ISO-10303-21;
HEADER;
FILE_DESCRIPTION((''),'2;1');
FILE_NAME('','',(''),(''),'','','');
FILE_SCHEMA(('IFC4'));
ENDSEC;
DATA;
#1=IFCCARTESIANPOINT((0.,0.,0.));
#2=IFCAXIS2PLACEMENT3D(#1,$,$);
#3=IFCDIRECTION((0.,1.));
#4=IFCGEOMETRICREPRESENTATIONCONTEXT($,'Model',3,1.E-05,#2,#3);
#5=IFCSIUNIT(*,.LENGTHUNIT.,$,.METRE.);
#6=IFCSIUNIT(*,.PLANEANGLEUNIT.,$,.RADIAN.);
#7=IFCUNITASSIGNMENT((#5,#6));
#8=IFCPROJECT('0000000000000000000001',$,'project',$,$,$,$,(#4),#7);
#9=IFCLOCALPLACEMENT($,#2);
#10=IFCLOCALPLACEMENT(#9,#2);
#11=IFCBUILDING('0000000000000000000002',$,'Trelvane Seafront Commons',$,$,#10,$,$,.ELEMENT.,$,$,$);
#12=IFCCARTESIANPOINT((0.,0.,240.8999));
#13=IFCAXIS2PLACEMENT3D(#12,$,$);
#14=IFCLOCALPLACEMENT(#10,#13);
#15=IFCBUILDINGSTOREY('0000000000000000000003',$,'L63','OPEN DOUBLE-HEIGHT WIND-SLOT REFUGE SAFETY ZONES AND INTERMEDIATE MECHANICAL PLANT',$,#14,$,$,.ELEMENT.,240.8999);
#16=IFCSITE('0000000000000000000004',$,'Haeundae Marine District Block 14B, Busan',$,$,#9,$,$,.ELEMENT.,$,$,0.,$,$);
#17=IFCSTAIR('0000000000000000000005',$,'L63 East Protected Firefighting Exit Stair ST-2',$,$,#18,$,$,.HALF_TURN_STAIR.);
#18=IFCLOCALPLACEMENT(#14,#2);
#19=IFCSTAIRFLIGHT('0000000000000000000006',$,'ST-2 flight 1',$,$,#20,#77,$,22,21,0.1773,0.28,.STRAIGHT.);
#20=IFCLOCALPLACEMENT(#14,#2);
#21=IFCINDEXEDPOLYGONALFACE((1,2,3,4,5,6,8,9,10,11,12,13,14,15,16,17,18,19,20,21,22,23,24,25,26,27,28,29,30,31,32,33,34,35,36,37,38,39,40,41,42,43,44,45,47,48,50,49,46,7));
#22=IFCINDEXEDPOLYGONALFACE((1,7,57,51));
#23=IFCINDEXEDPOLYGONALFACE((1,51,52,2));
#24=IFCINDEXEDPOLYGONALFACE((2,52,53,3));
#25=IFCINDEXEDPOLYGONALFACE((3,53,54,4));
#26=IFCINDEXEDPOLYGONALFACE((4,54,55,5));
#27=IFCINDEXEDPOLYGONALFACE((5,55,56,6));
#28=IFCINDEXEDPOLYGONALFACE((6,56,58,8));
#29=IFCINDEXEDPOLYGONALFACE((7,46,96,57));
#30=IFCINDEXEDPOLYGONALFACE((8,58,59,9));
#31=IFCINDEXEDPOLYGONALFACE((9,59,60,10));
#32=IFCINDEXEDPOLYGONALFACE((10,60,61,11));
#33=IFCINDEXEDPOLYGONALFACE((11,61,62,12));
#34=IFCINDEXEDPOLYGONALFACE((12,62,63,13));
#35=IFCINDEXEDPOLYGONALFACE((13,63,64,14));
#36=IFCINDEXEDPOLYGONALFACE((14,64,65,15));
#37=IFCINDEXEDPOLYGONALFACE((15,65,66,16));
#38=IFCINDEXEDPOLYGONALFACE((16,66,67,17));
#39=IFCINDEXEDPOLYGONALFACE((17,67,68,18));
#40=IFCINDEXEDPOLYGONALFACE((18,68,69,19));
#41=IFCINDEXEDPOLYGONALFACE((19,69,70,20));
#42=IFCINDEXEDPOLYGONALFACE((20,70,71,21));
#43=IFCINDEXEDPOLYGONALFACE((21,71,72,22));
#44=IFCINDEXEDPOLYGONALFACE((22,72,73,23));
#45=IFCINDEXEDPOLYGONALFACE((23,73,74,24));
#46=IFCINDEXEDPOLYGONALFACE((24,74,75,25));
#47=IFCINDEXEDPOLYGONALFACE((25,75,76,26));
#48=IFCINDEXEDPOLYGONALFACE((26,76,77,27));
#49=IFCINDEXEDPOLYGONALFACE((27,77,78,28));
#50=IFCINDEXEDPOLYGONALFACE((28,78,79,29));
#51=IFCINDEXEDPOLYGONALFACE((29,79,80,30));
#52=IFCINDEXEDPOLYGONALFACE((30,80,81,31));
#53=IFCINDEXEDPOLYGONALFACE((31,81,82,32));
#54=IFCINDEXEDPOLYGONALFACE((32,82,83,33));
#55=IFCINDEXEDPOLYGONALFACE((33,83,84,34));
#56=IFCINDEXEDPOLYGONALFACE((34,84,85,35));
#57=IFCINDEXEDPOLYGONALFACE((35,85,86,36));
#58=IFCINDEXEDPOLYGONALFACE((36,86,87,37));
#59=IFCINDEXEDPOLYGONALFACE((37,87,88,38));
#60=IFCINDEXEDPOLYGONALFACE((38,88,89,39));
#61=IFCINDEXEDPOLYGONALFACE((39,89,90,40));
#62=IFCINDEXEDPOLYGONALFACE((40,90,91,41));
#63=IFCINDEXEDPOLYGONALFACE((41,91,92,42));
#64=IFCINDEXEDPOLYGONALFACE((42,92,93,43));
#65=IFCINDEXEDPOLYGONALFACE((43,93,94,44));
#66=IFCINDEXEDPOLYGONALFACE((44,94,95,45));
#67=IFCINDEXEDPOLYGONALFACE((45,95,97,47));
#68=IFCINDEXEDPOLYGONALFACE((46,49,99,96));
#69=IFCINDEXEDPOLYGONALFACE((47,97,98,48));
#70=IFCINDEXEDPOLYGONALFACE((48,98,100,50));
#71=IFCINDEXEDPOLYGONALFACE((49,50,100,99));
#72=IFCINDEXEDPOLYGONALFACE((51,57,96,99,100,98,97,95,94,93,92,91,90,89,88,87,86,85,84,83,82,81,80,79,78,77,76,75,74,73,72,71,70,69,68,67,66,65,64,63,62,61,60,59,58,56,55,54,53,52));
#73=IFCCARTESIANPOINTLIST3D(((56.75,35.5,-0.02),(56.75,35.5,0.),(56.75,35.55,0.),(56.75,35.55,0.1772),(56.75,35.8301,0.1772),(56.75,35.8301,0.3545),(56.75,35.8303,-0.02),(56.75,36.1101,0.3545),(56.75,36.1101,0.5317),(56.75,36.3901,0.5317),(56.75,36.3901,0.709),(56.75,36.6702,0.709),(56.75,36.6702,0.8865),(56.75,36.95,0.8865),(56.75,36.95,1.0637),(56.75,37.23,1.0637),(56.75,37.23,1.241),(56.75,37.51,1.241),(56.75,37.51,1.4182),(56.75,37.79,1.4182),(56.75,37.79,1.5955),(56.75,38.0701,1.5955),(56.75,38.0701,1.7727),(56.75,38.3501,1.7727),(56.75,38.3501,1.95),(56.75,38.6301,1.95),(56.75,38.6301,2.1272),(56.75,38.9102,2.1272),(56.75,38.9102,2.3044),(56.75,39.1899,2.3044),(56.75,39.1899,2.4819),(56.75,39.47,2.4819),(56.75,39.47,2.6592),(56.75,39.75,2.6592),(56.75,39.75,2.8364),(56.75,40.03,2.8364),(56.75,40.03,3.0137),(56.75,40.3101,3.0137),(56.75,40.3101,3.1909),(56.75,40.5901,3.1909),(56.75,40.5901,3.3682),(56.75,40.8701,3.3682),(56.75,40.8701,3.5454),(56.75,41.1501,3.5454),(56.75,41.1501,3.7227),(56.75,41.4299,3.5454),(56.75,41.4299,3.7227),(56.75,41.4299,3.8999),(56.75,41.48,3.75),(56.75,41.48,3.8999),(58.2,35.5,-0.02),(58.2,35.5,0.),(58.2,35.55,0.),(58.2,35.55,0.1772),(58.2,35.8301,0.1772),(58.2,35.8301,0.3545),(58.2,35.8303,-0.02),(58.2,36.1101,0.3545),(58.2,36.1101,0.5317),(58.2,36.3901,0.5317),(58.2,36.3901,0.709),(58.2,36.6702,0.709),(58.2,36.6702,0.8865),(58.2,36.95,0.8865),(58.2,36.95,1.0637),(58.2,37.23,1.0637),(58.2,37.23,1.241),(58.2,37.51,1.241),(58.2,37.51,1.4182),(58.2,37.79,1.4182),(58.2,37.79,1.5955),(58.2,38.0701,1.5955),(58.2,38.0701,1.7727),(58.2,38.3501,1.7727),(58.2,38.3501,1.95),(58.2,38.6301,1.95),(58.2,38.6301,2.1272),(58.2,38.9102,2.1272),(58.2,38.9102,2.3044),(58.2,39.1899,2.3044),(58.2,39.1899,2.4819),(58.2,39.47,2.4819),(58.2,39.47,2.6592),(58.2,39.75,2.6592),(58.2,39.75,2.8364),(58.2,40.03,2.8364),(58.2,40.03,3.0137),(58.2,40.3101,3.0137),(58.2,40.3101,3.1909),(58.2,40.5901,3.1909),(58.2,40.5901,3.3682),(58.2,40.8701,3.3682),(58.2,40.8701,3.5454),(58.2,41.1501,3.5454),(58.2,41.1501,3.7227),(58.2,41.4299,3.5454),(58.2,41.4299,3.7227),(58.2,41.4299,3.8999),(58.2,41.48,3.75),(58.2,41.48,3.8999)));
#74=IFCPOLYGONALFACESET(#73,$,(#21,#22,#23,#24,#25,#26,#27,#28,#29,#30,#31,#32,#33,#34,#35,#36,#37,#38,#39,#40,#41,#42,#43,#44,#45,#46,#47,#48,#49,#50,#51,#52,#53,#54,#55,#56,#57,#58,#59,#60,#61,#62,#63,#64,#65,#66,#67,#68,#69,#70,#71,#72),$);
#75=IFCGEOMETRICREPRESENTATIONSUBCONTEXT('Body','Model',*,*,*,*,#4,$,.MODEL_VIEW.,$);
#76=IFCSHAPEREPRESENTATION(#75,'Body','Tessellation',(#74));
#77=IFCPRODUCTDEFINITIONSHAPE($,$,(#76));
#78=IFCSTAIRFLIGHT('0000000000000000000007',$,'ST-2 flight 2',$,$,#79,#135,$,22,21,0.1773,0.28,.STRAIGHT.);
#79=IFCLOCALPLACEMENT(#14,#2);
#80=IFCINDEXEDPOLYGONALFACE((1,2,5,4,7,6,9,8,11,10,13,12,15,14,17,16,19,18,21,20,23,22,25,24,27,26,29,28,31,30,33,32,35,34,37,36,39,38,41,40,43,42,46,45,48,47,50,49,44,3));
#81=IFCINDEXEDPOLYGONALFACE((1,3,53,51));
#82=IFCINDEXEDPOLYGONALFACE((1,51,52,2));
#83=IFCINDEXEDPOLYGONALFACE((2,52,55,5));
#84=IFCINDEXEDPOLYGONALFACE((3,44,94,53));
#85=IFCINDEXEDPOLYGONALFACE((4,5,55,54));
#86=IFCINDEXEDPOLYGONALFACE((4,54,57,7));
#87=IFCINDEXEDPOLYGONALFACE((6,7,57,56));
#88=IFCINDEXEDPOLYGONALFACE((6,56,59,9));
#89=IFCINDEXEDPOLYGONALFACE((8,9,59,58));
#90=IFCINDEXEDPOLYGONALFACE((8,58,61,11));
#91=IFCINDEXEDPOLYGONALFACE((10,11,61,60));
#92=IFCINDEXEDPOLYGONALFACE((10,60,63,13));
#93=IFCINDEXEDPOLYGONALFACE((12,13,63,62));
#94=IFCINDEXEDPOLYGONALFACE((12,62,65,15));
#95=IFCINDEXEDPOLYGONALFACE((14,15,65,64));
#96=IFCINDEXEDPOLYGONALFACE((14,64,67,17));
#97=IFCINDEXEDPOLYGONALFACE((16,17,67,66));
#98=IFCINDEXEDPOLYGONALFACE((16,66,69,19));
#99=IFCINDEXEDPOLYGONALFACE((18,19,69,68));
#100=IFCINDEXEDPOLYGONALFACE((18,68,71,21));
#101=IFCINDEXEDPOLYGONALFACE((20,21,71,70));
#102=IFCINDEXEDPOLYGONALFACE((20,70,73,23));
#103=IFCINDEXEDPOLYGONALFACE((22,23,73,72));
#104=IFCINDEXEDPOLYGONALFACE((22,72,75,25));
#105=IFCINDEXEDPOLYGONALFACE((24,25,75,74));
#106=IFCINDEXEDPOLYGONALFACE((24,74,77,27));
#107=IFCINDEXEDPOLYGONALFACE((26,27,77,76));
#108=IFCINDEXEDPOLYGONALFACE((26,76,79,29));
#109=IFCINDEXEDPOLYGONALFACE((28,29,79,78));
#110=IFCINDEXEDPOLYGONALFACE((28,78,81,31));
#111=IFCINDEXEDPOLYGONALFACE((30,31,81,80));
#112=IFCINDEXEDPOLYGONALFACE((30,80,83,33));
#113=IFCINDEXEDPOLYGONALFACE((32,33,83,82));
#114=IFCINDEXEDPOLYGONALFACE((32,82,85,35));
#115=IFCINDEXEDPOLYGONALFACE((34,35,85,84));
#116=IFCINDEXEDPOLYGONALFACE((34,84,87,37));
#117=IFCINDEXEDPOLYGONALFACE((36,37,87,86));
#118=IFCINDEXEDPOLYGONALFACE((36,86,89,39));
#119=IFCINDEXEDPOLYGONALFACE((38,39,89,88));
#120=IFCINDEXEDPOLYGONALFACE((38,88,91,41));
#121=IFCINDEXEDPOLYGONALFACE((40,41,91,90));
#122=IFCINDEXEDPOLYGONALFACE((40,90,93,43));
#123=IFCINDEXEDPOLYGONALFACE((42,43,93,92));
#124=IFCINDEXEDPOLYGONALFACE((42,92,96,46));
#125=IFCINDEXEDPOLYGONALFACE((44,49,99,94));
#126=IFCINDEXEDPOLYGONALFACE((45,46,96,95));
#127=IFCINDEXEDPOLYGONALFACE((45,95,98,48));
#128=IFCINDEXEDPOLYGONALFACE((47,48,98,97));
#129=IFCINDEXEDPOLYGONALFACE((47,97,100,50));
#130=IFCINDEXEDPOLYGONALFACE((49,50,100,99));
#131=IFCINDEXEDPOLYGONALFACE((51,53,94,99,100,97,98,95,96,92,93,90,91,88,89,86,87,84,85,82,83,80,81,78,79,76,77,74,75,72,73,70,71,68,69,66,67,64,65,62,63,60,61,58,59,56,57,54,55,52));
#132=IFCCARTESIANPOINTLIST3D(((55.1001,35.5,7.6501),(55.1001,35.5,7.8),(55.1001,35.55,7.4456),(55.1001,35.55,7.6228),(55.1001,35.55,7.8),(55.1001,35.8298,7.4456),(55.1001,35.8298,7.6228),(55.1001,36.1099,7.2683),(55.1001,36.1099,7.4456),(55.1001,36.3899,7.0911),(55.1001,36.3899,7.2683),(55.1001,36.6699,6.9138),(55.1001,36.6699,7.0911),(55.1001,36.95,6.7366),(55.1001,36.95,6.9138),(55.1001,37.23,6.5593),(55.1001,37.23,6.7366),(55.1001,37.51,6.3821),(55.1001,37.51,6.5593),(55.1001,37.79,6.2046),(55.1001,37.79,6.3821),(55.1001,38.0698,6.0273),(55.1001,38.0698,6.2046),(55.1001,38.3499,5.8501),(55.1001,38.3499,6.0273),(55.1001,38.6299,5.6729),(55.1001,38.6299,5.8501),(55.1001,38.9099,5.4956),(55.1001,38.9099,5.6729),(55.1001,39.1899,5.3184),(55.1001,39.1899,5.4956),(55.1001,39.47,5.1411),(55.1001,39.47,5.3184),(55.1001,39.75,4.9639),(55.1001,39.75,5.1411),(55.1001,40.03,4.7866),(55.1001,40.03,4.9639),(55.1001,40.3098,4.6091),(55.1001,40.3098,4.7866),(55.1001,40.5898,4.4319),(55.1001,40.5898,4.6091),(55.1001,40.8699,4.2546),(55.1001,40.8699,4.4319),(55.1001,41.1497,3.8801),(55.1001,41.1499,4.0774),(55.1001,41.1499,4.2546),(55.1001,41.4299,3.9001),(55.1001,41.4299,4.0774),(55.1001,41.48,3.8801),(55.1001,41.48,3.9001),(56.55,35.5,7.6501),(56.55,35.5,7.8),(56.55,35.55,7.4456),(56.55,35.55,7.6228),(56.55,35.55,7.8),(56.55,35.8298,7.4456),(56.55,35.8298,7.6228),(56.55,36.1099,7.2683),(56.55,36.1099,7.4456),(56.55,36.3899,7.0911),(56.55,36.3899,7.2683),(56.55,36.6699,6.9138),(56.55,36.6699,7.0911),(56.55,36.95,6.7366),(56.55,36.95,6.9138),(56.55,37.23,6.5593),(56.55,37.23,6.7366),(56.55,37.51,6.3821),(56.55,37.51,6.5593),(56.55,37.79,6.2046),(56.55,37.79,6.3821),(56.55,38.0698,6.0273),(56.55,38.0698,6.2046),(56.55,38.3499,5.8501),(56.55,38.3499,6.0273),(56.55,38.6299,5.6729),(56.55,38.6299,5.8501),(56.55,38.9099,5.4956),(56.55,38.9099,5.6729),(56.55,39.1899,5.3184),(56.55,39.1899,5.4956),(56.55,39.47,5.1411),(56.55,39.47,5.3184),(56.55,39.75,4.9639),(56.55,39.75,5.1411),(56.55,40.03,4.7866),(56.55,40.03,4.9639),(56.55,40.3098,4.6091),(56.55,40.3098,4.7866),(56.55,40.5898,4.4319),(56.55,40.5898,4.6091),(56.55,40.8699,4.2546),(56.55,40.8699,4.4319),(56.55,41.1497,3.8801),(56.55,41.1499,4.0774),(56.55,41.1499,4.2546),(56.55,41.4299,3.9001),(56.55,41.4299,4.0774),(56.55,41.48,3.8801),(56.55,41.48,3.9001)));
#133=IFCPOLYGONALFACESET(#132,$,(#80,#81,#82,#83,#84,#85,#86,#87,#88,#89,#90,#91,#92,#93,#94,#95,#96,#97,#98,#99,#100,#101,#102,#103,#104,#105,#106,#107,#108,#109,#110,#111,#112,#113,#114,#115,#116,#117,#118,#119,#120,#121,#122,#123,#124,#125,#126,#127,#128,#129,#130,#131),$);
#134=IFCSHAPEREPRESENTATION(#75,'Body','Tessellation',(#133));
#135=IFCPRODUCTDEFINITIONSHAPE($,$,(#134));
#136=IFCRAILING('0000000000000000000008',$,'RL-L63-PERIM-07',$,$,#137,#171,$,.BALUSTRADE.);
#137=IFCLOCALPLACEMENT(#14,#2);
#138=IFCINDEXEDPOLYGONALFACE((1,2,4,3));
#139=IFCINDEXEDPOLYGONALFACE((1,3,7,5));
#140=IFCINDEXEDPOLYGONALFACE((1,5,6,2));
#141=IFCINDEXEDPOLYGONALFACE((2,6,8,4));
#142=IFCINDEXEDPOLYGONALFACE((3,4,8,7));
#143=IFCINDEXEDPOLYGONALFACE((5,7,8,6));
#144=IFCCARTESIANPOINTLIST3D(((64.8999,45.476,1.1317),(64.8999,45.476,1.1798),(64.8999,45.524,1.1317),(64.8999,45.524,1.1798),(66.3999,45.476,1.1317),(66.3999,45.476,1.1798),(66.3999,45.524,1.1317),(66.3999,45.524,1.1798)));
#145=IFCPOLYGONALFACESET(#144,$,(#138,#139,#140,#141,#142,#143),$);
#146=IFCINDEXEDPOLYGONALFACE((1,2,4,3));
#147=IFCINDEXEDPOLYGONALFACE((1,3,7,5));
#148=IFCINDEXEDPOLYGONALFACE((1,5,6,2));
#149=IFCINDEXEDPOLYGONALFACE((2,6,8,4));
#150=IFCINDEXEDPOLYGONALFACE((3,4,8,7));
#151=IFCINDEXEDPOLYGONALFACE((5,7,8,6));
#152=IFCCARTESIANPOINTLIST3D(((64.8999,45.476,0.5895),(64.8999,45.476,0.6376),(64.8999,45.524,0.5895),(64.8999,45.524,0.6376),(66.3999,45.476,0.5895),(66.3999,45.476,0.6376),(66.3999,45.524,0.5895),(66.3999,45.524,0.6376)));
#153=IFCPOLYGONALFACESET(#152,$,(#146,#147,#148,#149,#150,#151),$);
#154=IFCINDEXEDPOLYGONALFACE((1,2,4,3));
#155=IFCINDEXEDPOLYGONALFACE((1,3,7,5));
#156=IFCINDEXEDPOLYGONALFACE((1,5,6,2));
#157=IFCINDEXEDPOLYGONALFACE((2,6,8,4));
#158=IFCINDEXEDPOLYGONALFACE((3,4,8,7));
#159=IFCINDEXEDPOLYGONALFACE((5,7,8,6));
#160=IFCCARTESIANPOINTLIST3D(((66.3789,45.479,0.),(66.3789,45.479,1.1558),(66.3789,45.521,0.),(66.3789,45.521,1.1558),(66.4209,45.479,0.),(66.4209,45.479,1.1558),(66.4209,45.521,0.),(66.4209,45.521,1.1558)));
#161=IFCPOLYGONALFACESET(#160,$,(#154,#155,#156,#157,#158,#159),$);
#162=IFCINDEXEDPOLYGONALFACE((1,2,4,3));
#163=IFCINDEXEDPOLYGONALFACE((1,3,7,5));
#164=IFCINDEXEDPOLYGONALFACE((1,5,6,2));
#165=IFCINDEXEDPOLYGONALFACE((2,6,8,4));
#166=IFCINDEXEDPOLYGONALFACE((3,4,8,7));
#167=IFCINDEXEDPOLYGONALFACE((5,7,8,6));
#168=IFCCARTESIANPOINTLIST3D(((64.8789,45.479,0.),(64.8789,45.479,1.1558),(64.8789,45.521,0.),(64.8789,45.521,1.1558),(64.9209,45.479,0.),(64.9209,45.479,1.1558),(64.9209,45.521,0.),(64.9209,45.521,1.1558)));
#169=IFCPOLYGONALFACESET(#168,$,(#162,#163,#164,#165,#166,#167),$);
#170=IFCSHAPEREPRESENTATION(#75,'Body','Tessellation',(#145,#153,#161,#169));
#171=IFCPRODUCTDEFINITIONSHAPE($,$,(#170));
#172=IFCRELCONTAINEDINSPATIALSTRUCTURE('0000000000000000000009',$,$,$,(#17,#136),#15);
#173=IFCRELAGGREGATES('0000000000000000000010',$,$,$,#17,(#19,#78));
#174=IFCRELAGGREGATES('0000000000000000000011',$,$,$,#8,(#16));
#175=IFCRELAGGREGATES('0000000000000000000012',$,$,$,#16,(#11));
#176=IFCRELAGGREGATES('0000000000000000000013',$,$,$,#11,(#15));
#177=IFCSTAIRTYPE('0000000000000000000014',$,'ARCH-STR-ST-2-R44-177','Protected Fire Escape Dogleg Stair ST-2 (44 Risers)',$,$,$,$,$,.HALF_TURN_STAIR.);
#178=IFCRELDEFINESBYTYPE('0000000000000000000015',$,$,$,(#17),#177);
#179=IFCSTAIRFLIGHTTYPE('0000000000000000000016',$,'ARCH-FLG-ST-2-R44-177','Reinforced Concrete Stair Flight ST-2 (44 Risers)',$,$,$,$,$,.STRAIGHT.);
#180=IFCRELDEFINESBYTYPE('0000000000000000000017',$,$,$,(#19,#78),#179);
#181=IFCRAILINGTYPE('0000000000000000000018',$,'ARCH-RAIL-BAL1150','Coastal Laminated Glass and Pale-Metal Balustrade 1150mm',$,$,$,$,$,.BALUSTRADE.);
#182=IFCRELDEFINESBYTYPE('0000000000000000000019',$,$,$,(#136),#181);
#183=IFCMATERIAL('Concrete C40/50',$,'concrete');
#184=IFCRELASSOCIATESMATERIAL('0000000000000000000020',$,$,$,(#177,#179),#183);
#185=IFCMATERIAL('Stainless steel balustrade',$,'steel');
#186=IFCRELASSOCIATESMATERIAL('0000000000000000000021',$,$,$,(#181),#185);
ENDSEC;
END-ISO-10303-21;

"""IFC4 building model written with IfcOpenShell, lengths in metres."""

from ifc_helpers import new_model, si_unit, direction, frame, origin, origin_2d, place, context, subcontext, project, spatial, polyline, rectangle, outline, extrude, source, transform, mapped, material, type_object, element, aggregate, save


model = new_model("IFC4")

# Units and contexts
model_context = context("Model", 3, precision=1e-05, world=origin(), true_north=direction((0.0, 1.0)))
body_context = subcontext(model_context, "Body", "Model", "MODEL_VIEW")
ifc_project = project(units=[si_unit("LENGTHUNIT", "METRE"), si_unit("PLANEANGLEUNIT", "RADIAN")], contexts=[model_context])

# Site, building, storey
site_placement = place(None, origin())
site = spatial("IfcSite", under=ifc_project, at=site_placement, Name="Haeundae Marine District Block 14B, Busan", CompositionType="ELEMENT", RefElevation=0.0)
building_placement = place(site_placement, origin())
building = spatial("IfcBuilding", under=site, at=building_placement, Name="Trelvane Seafront Commons", CompositionType="ELEMENT")
storey_placement = place(building_placement, frame((0.0, 0.0, 240.8999)))
storey = spatial("IfcBuildingStorey", under=building, at=storey_placement, Name="L63", Description="OPEN DOUBLE-HEIGHT WIND-SLOT REFUGE SAFETY ZONES AND INTERMEDIATE MECHANICAL PLANT", CompositionType="ELEMENT", Elevation=240.8999)

# Stair, stair flights
ifc_material_1 = material(Name="Concrete C40/50", Category="concrete")
stair_type = type_object("IfcStairType", Name="ARCH-STR-ST-2-R44-177", Description="Protected Fire Escape Dogleg Stair ST-2 (44 Risers)", PredefinedType="HALF_TURN_STAIR", material=ifc_material_1)
stair_placement = place(storey_placement, origin())
stair = element("IfcStair", 1, at=stair_placement, inside=storey, type_object=stair_type, Name="L63 East Protected Firefighting Exit Stair ST-2", PredefinedType="HALF_TURN_STAIR")
stair_flight_type = type_object("IfcStairFlightType", Name="ARCH-FLG-ST-2-R44-177", Description="Reinforced Concrete Stair Flight ST-2 (44 Risers)", PredefinedType="STRAIGHT", material=ifc_material_1)
shared_shape_1 = source(origin(), body_context, "Body", "SweptSolid", [
    extrude(outline(polyline([(-0.05, -0.02), (-0.05, 0.0), (0.0, 0.0), (0.0, 0.1772), (0.28, 0.1772), (0.28, 0.3545), (0.5601, 0.3545), (0.5601, 0.5317), (0.8401, 0.5317), (0.8401, 0.709), (1.1201, 0.709), (1.1201, 0.8865), (1.3999, 0.8865), (1.3999, 1.0637), (1.6799, 1.0637), (1.6799, 1.241), (1.96, 1.241), (1.96, 1.4182), (2.24, 1.4182), (2.24, 1.5955), (2.52, 1.5955), (2.52, 1.7727), (2.8, 1.7727), (2.8, 1.95), (3.0801, 1.95), (3.0801, 2.1272), (3.3601, 2.1272), (3.3601, 2.3044), (3.6399, 2.3044), (3.6399, 2.4819), (3.9199, 2.4819), (3.9199, 2.6592), (4.2, 2.6592), (4.2, 2.8364), (4.48, 2.8364), (4.48, 3.0137), (4.76, 3.0137), (4.76, 3.1909), (5.04, 3.1909), (5.04, 3.3682), (5.3201, 3.3682), (5.3201, 3.5454), (5.6001, 3.5454), (5.6001, 3.7227), (5.8799, 3.7227), (5.8799, 3.8999), (5.9299, 3.8999), (5.9299, 3.75), (5.8799, 3.5454), (0.2803, -0.02), (-0.05, -0.02)])), frame((0.0, 0.7251, 0.0), z_axis=(0.0, -1.0, 0.0), x_axis=(1.0, 0.0, 0.0)), (0.0, 0.0, 1.0), 1.45),
])
stair_flight_1_placement = place(storey_placement, frame((57.4751, 35.55, 0.0), z_axis=(0.0, 0.0, 1.0), x_axis=(0.0, 1.0, 0.0)))
stair_flight_1 = element("IfcStairFlight", 2, at=stair_flight_1_placement, type_object=stair_flight_type, Name="ST-2 flight 1", NumberOfRisers=22, NumberOfTreads=21, PredefinedType="STRAIGHT", RiserHeight=0.1773, TreadLength=0.28, context=body_context, shape_type="MappedRepresentation", body=[
    mapped(shared_shape_1, transform((0.0, 0.0, 0.0), x_axis=(1.0, 0.0, 0.0), y_axis=(0.0, 1.0, 0.0), z_axis=(0.0, 0.0, 1.0), scale=1.0)),
])
stair_flight_2_placement = place(storey_placement, frame((55.825, 41.4299, 3.9001), z_axis=(0.0, 0.0, 1.0), x_axis=(0.0, -1.0, 0.0)))
stair_flight_2 = element("IfcStairFlight", 3, at=stair_flight_2_placement, type_object=stair_flight_type, Name="ST-2 flight 2", NumberOfRisers=22, NumberOfTreads=21, PredefinedType="STRAIGHT", RiserHeight=0.1773, TreadLength=0.28, context=body_context, shape_type="MappedRepresentation", body=[
    mapped(shared_shape_1, transform((0.0, 0.0, 0.0), x_axis=(1.0, 0.0, 0.0), y_axis=(0.0, 1.0, 0.0), z_axis=(0.0, 0.0, 1.0), scale=1.0)),
])
aggregate(stair, [stair_flight_1, stair_flight_2])

# Railing
ifc_material_2 = material(Name="Stainless steel balustrade", Category="steel")
railing_type_1 = type_object("IfcRailingType", Name="ARCH-RAIL-BAL1150", Description="Coastal Laminated Glass and Pale-Metal Balustrade 1150mm", PredefinedType="BALUSTRADE", material=ifc_material_2)
railing_1_placement = place(storey_placement, frame((66.3999, 45.5, 0.0)))
element("IfcRailing", 4, at=railing_1_placement, inside=storey, type_object=railing_type_1, Name="RL-L63-PERIM-07", PredefinedType="BALUSTRADE", context=body_context, shape_type="SweptSolid", body=[
    extrude(rectangle(XDim=0.0481, YDim=0.0481, at=origin_2d()), frame((0.0, 0.0, 1.1558), z_axis=(-1.0, 0.0, 0.0), x_axis=(0.0, -1.0, 0.0)), (0.0, 0.0, 1.0), 1.5),
    extrude(rectangle(XDim=0.0481, YDim=0.0481, at=origin_2d()), frame((0.0, 0.0, 0.6135), z_axis=(-1.0, 0.0, 0.0), x_axis=(0.0, -1.0, 0.0)), (0.0, 0.0, 1.0), 1.5),
    extrude(rectangle(XDim=0.042, YDim=0.042, at=origin_2d()), origin(), (0.0, 0.0, 1.0), 1.1558),
    extrude(rectangle(XDim=0.042, YDim=0.042, at=origin_2d()), frame((-1.5, 0.0, 0.0)), (0.0, 0.0, 1.0), 1.1558),
])

save(model, "model.ifc")
